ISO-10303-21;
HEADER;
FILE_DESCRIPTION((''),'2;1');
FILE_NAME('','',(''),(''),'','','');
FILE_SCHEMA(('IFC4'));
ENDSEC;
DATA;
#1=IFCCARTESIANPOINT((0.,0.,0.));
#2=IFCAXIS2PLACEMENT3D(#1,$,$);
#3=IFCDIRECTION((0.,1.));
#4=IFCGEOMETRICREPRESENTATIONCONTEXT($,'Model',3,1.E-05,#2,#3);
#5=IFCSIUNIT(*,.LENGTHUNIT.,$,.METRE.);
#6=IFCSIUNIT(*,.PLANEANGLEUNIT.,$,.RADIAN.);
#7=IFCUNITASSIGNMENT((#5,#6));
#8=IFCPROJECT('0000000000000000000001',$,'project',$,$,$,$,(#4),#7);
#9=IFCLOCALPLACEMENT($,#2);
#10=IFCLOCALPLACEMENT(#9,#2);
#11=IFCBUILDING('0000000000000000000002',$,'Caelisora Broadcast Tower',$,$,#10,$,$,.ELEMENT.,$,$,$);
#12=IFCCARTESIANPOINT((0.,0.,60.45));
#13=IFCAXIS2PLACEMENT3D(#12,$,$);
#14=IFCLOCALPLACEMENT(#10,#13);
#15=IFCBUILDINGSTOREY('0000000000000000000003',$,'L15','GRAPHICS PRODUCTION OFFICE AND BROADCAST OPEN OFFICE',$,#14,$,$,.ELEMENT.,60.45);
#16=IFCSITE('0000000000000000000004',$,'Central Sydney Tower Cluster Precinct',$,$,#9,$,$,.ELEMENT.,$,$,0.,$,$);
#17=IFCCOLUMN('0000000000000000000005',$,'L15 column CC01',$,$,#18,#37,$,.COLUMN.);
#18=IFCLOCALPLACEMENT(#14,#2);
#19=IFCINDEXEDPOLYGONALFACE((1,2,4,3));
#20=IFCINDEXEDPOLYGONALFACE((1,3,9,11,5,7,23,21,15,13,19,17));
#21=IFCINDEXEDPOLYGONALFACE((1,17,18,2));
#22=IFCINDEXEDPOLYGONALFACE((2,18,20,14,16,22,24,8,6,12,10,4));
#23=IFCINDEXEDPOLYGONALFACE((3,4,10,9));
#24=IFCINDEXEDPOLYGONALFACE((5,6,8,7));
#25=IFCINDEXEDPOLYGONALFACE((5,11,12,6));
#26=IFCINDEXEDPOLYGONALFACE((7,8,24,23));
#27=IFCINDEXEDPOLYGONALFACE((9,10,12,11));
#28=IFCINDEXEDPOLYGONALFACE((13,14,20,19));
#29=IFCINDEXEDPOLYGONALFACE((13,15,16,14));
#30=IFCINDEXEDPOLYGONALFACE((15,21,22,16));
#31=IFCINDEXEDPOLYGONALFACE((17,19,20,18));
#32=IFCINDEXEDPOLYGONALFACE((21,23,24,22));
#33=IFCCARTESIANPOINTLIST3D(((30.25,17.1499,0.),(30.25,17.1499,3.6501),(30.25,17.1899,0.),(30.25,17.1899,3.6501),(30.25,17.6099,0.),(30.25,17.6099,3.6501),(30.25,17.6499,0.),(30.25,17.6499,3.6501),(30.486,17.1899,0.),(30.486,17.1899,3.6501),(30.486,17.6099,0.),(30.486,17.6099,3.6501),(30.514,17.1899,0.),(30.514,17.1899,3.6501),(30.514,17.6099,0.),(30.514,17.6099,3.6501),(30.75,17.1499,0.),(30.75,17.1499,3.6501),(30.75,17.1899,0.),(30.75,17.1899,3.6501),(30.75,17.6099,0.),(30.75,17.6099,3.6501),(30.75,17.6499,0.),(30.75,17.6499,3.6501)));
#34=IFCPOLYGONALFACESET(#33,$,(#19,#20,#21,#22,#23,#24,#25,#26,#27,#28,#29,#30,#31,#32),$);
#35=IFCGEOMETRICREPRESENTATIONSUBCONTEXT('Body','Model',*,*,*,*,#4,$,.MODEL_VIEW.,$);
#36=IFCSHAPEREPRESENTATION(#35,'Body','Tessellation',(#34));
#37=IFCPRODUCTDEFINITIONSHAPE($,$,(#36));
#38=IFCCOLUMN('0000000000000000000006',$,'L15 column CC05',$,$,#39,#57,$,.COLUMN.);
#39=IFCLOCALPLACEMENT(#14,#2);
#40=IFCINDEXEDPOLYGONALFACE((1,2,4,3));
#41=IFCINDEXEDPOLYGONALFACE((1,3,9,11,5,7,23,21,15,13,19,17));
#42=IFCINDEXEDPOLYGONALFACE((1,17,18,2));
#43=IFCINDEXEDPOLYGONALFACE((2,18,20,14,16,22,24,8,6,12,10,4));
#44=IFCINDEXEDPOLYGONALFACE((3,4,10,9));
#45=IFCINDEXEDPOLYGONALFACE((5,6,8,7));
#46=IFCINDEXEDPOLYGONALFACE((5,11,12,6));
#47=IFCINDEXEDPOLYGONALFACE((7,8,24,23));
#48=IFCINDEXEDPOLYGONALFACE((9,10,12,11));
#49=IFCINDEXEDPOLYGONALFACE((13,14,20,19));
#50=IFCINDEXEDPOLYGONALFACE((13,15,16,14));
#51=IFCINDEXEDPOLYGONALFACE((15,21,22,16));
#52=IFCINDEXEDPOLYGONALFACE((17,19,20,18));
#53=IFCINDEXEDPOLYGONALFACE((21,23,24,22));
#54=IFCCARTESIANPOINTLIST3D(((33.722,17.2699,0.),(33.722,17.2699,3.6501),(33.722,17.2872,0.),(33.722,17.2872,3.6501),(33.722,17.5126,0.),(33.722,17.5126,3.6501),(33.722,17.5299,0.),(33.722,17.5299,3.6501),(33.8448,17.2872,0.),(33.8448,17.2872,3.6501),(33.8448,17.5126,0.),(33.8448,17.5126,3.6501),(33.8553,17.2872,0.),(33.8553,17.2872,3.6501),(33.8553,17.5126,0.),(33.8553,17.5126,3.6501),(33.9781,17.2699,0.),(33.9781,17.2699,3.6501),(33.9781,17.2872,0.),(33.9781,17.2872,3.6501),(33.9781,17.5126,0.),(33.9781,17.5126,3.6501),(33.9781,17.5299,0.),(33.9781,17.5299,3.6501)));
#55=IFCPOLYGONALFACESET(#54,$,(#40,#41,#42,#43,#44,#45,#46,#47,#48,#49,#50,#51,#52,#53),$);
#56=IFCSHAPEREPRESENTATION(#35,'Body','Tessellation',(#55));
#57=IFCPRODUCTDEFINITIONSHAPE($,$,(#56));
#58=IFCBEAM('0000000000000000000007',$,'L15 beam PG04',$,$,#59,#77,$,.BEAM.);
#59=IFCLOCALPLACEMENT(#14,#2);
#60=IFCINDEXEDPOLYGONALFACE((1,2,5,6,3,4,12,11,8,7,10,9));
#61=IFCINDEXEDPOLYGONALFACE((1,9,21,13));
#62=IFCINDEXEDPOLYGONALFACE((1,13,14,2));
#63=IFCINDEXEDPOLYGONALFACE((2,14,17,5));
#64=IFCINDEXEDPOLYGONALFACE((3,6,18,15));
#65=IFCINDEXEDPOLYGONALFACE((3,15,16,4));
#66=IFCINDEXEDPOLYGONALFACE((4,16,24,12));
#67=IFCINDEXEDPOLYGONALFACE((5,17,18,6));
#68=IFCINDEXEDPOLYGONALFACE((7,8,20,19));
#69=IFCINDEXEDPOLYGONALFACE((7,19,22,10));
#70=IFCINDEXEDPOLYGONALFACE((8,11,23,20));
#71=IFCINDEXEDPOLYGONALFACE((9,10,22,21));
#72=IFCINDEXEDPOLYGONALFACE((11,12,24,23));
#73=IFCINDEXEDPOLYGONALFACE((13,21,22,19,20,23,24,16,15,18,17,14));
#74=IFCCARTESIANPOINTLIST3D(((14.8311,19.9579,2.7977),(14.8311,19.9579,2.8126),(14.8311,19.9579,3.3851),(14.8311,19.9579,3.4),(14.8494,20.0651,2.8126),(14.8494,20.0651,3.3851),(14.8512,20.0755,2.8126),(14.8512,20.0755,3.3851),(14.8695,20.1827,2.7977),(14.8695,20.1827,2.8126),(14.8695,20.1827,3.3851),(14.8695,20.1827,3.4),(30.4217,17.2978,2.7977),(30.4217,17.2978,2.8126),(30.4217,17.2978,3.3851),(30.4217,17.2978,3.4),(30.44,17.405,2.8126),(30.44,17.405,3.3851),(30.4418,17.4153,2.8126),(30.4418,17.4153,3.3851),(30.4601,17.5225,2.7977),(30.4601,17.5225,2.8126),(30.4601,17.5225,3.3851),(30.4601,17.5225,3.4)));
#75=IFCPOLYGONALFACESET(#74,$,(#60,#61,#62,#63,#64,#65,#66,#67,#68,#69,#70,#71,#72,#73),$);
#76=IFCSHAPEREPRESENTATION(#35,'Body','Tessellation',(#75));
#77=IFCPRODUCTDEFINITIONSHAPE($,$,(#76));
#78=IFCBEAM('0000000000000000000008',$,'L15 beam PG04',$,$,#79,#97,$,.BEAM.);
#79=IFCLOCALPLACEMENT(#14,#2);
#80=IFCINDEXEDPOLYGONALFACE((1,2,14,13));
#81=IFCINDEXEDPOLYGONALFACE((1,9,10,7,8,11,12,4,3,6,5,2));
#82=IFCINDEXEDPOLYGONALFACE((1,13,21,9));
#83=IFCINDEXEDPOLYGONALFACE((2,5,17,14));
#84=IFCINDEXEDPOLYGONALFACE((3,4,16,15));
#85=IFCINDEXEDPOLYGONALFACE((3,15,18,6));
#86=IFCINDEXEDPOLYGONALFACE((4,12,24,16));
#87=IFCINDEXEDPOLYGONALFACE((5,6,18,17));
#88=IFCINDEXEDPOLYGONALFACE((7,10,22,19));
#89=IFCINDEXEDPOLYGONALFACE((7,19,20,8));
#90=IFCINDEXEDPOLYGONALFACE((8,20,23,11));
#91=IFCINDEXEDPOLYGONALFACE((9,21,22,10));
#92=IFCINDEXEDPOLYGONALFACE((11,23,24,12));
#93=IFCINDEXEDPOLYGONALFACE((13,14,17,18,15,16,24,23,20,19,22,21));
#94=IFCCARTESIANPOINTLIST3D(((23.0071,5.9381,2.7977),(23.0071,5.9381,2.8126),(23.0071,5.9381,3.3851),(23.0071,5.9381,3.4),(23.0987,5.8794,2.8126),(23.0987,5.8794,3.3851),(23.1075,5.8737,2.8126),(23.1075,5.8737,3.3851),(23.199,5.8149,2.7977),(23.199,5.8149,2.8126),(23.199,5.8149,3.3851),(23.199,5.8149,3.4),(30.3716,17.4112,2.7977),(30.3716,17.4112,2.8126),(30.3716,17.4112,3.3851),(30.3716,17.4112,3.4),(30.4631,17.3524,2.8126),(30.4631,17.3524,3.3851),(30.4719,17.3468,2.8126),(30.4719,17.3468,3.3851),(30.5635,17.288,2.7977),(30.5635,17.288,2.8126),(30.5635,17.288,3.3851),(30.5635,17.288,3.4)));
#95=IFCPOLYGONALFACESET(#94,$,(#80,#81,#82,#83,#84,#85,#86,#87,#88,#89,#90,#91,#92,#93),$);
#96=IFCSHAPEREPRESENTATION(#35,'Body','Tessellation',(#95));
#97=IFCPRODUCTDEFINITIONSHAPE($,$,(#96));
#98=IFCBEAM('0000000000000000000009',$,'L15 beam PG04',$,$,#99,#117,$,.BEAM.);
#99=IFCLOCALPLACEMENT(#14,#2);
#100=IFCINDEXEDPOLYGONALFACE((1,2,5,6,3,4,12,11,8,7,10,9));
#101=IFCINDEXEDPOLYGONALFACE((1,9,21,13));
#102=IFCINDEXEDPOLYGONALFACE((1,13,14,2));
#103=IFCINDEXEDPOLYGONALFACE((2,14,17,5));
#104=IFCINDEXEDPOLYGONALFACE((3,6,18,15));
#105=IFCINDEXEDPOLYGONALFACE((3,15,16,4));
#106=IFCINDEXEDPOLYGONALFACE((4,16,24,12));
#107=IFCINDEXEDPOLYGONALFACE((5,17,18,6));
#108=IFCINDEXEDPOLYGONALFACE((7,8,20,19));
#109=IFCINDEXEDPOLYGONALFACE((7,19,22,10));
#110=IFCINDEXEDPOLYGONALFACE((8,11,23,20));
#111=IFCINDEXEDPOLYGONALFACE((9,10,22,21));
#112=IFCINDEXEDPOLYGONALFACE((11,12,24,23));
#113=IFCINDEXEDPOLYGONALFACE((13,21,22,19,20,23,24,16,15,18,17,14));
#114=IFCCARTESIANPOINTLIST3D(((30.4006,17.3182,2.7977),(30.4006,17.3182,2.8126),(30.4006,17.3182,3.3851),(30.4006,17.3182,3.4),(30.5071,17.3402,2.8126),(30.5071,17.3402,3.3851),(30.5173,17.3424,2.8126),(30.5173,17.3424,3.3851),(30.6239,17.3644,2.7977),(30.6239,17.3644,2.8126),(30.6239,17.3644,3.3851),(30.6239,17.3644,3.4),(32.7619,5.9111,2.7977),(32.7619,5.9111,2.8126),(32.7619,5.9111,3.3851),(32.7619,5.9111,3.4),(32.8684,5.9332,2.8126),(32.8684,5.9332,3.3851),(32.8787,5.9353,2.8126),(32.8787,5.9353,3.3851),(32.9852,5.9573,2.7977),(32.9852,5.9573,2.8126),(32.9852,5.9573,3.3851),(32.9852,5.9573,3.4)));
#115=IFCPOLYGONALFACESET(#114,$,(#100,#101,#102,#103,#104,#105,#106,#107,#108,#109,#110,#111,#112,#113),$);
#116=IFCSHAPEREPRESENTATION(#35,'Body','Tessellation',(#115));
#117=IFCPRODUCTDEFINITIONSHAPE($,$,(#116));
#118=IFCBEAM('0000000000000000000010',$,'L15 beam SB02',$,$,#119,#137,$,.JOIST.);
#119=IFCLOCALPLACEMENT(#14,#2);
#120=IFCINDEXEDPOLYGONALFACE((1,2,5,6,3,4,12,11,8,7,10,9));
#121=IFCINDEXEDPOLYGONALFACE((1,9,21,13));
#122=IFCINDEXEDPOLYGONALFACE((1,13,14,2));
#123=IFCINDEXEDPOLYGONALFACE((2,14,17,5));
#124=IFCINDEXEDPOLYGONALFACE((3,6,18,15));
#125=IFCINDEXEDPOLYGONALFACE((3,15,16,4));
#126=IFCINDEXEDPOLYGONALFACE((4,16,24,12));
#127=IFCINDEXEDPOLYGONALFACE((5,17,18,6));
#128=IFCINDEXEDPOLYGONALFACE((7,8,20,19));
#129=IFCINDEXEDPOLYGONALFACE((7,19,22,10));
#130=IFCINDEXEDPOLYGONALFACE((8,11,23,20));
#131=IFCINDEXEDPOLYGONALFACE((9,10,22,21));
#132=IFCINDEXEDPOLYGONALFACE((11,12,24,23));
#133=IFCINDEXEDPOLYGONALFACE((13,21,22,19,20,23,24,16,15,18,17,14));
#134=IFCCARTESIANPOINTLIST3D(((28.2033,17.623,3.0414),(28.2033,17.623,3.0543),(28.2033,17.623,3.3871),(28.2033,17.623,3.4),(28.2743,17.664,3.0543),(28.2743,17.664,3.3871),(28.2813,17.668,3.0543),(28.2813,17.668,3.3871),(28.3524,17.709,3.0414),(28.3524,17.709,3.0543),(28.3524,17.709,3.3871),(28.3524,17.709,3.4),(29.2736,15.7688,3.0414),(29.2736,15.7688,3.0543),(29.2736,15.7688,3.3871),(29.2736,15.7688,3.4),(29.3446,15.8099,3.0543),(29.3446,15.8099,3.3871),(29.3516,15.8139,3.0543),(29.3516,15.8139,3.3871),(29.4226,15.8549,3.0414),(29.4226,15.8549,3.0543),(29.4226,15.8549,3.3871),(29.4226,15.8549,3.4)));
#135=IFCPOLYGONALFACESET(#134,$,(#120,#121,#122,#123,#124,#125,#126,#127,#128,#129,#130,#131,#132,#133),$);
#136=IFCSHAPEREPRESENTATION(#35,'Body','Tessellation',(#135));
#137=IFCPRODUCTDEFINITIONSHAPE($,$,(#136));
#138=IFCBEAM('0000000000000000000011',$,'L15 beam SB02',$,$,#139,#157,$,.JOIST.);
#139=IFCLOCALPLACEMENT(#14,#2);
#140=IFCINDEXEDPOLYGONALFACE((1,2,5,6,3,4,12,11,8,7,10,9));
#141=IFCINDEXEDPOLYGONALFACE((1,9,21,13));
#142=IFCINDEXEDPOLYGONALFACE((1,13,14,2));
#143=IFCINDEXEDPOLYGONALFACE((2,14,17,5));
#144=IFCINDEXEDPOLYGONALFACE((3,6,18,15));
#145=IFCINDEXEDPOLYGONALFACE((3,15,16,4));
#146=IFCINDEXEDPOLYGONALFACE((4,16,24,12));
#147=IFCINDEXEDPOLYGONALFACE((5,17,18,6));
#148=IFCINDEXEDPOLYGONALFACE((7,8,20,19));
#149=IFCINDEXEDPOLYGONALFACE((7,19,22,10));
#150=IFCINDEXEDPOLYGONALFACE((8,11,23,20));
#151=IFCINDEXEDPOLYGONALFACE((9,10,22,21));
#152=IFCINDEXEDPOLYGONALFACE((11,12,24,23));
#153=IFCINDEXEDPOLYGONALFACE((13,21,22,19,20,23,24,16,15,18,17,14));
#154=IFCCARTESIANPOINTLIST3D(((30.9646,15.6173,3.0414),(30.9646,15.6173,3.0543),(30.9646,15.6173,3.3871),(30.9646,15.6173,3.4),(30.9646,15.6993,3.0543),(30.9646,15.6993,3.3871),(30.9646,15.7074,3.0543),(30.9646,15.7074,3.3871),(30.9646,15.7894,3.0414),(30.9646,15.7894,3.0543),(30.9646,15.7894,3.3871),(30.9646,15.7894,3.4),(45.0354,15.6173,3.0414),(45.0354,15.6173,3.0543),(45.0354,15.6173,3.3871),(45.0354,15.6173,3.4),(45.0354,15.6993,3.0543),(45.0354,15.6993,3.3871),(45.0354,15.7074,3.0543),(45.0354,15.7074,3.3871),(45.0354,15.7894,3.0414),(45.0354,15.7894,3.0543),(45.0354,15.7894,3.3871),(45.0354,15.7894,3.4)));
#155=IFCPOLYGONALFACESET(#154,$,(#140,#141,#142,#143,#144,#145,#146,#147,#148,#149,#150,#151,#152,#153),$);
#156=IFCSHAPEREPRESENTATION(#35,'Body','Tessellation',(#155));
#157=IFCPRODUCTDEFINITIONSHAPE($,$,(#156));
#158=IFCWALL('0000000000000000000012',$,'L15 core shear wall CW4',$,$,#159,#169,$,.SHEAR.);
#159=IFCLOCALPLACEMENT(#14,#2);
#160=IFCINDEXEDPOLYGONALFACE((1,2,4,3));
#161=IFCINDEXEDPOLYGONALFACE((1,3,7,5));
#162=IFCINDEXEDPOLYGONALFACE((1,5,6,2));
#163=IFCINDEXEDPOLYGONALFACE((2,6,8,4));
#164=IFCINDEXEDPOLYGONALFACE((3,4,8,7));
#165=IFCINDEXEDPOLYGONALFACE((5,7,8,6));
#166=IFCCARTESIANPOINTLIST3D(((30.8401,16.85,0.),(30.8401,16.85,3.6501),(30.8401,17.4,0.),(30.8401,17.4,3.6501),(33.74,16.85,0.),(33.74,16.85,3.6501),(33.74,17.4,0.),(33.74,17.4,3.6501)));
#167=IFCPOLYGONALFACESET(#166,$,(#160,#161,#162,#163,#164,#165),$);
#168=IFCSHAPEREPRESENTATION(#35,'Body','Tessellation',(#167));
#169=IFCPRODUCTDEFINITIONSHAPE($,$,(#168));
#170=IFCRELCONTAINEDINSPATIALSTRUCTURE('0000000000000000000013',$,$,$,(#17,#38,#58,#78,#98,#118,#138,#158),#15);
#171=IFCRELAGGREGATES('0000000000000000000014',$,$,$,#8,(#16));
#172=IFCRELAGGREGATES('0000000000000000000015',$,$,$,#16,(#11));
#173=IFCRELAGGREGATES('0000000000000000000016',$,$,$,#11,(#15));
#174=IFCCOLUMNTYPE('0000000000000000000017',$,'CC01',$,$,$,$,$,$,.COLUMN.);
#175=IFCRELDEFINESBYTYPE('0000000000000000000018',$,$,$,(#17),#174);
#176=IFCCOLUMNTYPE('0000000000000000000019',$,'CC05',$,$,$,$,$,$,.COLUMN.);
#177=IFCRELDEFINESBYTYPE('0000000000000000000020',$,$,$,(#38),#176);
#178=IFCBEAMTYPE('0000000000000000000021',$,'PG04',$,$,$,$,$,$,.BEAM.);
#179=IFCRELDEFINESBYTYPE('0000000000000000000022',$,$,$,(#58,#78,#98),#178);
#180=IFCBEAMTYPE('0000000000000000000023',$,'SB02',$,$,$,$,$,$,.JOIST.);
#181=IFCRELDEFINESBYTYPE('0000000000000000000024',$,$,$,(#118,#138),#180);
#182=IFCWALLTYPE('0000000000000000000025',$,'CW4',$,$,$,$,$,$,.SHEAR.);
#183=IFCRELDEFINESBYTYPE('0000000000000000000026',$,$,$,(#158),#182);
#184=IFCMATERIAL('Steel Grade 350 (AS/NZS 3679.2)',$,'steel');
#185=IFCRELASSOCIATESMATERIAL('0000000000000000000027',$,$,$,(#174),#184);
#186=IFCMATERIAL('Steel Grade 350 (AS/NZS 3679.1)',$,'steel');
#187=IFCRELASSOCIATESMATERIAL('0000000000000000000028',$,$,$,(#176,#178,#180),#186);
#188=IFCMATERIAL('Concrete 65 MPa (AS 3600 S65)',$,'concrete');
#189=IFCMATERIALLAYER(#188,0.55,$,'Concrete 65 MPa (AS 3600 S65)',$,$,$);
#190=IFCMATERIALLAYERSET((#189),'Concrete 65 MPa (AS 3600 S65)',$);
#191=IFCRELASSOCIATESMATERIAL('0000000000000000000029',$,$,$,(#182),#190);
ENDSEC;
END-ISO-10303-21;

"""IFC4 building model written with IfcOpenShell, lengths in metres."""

from ifc_helpers import new_model, si_unit, direction, frame, frame_2d, origin, origin_2d, place, context, subcontext, project, spatial, rectangle, i_section, extrude, source, transform, mapped, material, layer, layer_set, material_profile, profile_set, type_object, type_shapes, element, save


model = new_model("IFC4")

# Units and contexts
model_context = context("Model", 3, precision=1e-05, world=origin(), true_north=direction((0.0, 1.0)))
body_context = subcontext(model_context, "Body", "Model", "MODEL_VIEW")
ifc_project = project(units=[si_unit("LENGTHUNIT", "METRE"), si_unit("PLANEANGLEUNIT", "RADIAN")], contexts=[model_context])

# Site, building, storey
site_placement = place(None, origin())
site = spatial("IfcSite", under=ifc_project, at=site_placement, Name="Central Sydney Tower Cluster Precinct", CompositionType="ELEMENT", RefElevation=0.0)
building_placement = place(site_placement, origin())
building = spatial("IfcBuilding", under=site, at=building_placement, Name="Caelisora Broadcast Tower", CompositionType="ELEMENT")
storey_placement = place(building_placement, frame((0.0, 0.0, 60.45)))
storey = spatial("IfcBuildingStorey", under=building, at=storey_placement, Name="L15", Description="GRAPHICS PRODUCTION OFFICE AND BROADCAST OPEN OFFICE", CompositionType="ELEMENT", Elevation=60.45)

# Columns
ifc_material_1 = material(Name="Steel Grade 350 (AS/NZS 3679.2)", Category="steel")
ifc_material_profile_1 = material_profile(ifc_material_1, i_section(OverallWidth=0.5, OverallDepth=0.5, WebThickness=0.0281, FlangeThickness=0.04, at=origin_2d()), Name="Steel Grade 350 (AS/NZS 3679.2)")
ifc_profile_set_1 = profile_set([ifc_material_profile_1], Name="Steel Grade 350 (AS/NZS 3679.2)")
column_type_1 = type_object("IfcColumnType", Name="CC01", PredefinedType="COLUMN", material=ifc_profile_set_1)
shared_shape_1 = source(origin(), body_context, "Body", "SweptSolid", [
    extrude(i_section(OverallWidth=0.5, OverallDepth=0.5, WebThickness=0.0281, FlangeThickness=0.04, at=origin_2d()), origin(), (0.0, 0.0, 1.0), 3.6501),
])
type_shapes(column_type_1, [shared_shape_1])
column_1_placement = place(storey_placement, frame((30.5, 17.3999, 0.0), z_axis=(0.0, 0.0, 1.0), x_axis=(1.0, 0.0, 0.0)))
element("IfcColumn", 1, at=column_1_placement, inside=storey, type_object=column_type_1, Name="L15 column CC01", PredefinedType="COLUMN", context=body_context, shape_type="MappedRepresentation", body=[
    mapped(shared_shape_1, transform((0.0, 0.0, 0.0), scale=1.0)),
])
ifc_material_2 = material(Name="Steel Grade 350 (AS/NZS 3679.1)", Category="steel")
ifc_material_profile_2 = material_profile(ifc_material_2, i_section(OverallWidth=0.2561, OverallDepth=0.26, WebThickness=0.0105, FlangeThickness=0.0173, at=origin_2d()), Name="Steel Grade 350 (AS/NZS 3679.1)")
ifc_profile_set_2 = profile_set([ifc_material_profile_2], Name="Steel Grade 350 (AS/NZS 3679.1)")
column_type_2 = type_object("IfcColumnType", Name="CC05", PredefinedType="COLUMN", material=ifc_profile_set_2)
shared_shape_2 = source(origin(), body_context, "Body", "SweptSolid", [
    extrude(i_section(OverallWidth=0.2561, OverallDepth=0.26, WebThickness=0.0105, FlangeThickness=0.0173, at=origin_2d()), origin(), (0.0, 0.0, 1.0), 3.6501),
])
type_shapes(column_type_2, [shared_shape_2])
column_2_placement = place(storey_placement, frame((33.8501, 17.3999, 0.0), z_axis=(0.0, 0.0, 1.0), x_axis=(1.0, 0.0, 0.0)))
element("IfcColumn", 2, at=column_2_placement, inside=storey, type_object=column_type_2, Name="L15 column CC05", PredefinedType="COLUMN", context=body_context, shape_type="MappedRepresentation", body=[
    mapped(shared_shape_2, transform((0.0, 0.0, 0.0), scale=1.0)),
])

# Beams
ifc_material_profile_3 = material_profile(ifc_material_2, i_section(OverallWidth=0.228, OverallDepth=0.6023, WebThickness=0.0105, FlangeThickness=0.0149, at=origin_2d()), Name="Steel Grade 350 (AS/NZS 3679.1)")
ifc_profile_set_3 = profile_set([ifc_material_profile_3], Name="Steel Grade 350 (AS/NZS 3679.1)")
beam_type_1 = type_object("IfcBeamType", Name="PG04", PredefinedType="BEAM", material=ifc_profile_set_3)
shared_shape_3 = source(origin(), body_context, "Body", "SweptSolid", [
    extrude(i_section(OverallWidth=0.228, OverallDepth=0.6023, WebThickness=0.0105, FlangeThickness=0.0149, at=origin_2d()), origin(), (0.0, 0.0, 1.0), 15.8159),
])
beam_1_placement = place(storey_placement, frame((30.4409, 17.4102, 3.0989), z_axis=(-0.985754, 0.168195, 0.0), x_axis=(-0.168195, -0.985754, 0.0)))
element("IfcBeam", 3, at=beam_1_placement, inside=storey, type_object=beam_type_1, Name="L15 beam PG04", PredefinedType="BEAM", context=body_context, shape_type="MappedRepresentation", body=[
    mapped(shared_shape_3, transform((0.0, 0.0, 0.0), scale=1.0)),
])
shared_shape_4 = source(origin(), body_context, "Body", "SweptSolid", [
    extrude(i_section(OverallWidth=0.228, OverallDepth=0.6023, WebThickness=0.0105, FlangeThickness=0.0149, at=origin_2d()), origin(), (0.0, 0.0, 1.0), 13.6333),
])
beam_2_placement = place(storey_placement, frame((30.4675, 17.3496, 3.0989), z_axis=(-0.540182, -0.841548, 0.0), x_axis=(0.841548, -0.540182, 0.0)))
element("IfcBeam", 4, at=beam_2_placement, inside=storey, type_object=beam_type_1, Name="L15 beam PG04", PredefinedType="BEAM", context=body_context, shape_type="MappedRepresentation", body=[
    mapped(shared_shape_4, transform((0.0, 0.0, 0.0), scale=1.0)),
])
shared_shape_5 = source(origin(), body_context, "Body", "SweptSolid", [
    extrude(i_section(OverallWidth=0.228, OverallDepth=0.6023, WebThickness=0.0105, FlangeThickness=0.0149, at=origin_2d()), origin(), (0.0, 0.0, 1.0), 11.6489),
])
type_shapes(beam_type_1, [shared_shape_3, shared_shape_4, shared_shape_5])
beam_3_placement = place(storey_placement, frame((30.5122, 17.3413, 3.0989), z_axis=(0.20271, -0.979239, 0.0), x_axis=(0.979239, 0.20271, 0.0)))
element("IfcBeam", 5, at=beam_3_placement, inside=storey, type_object=beam_type_1, Name="L15 beam PG04", PredefinedType="BEAM", context=body_context, shape_type="MappedRepresentation", body=[
    mapped(shared_shape_5, transform((0.0, 0.0, 0.0), scale=1.0)),
])
ifc_material_profile_4 = material_profile(ifc_material_2, i_section(OverallWidth=0.1721, OverallDepth=0.3586, WebThickness=0.0081, FlangeThickness=0.0129, at=origin_2d()), Name="Steel Grade 350 (AS/NZS 3679.1)")
ifc_profile_set_4 = profile_set([ifc_material_profile_4], Name="Steel Grade 350 (AS/NZS 3679.1)")
beam_type_2 = type_object("IfcBeamType", Name="SB02", PredefinedType="JOIST", material=ifc_profile_set_4)
shared_shape_6 = source(origin(), body_context, "Body", "SweptSolid", [
    extrude(i_section(OverallWidth=0.1721, OverallDepth=0.3586, WebThickness=0.0081, FlangeThickness=0.0129, at=origin_2d()), origin(), (0.0, 0.0, 1.0), 2.1409),
])
beam_4_placement = place(storey_placement, frame((28.2778, 17.666, 3.2207), z_axis=(0.499917, -0.866074, 0.0), x_axis=(0.866074, 0.499917, 0.0)))
element("IfcBeam", 6, at=beam_4_placement, inside=storey, type_object=beam_type_2, Name="L15 beam SB02", PredefinedType="JOIST", context=body_context, shape_type="MappedRepresentation", body=[
    mapped(shared_shape_6, transform((0.0, 0.0, 0.0), scale=1.0)),
])
shared_shape_7 = source(origin(), body_context, "Body", "SweptSolid", [
    extrude(i_section(OverallWidth=0.1721, OverallDepth=0.3586, WebThickness=0.0081, FlangeThickness=0.0129, at=origin_2d()), origin(), (0.0, 0.0, 1.0), 14.0708),
])
type_shapes(beam_type_2, [shared_shape_6, shared_shape_7])
beam_5_placement = place(storey_placement, frame((30.9646, 15.7034, 3.2207), z_axis=(1.0, 0.0, 0.0), x_axis=(0.0, 1.0, 0.0)))
element("IfcBeam", 7, at=beam_5_placement, inside=storey, type_object=beam_type_2, Name="L15 beam SB02", PredefinedType="JOIST", context=body_context, shape_type="MappedRepresentation", body=[
    mapped(shared_shape_7, transform((0.0, 0.0, 0.0), scale=1.0)),
])

# Shared definitions
ifc_material_3 = material(Name="Concrete 65 MPa (AS 3600 S65)", Category="concrete")

# Wall
ifc_layer_1 = layer(ifc_material_3, 0.55, Name="Concrete 65 MPa (AS 3600 S65)")
ifc_layer_set_1 = layer_set([ifc_layer_1], Name="Concrete 65 MPa (AS 3600 S65)")
wall_type_1 = type_object("IfcWallType", Name="CW4", PredefinedType="SHEAR", material=ifc_layer_set_1)
wall_1_placement = place(storey_placement, frame((30.8401, 17.125, 0.0), z_axis=(0.0, 0.0, 1.0), x_axis=(1.0, 0.0, 0.0)))
element("IfcWall", 8, at=wall_1_placement, inside=storey, type_object=wall_type_1, Name="L15 core shear wall CW4", PredefinedType="SHEAR", context=body_context, shape_type="SweptSolid", body=[
    extrude(rectangle(XDim=2.8999, YDim=0.55, at=frame_2d((1.45, 0.0))), origin(), (0.0, 0.0, 1.0), 3.6501),
])

save(model, "model.ifc")
